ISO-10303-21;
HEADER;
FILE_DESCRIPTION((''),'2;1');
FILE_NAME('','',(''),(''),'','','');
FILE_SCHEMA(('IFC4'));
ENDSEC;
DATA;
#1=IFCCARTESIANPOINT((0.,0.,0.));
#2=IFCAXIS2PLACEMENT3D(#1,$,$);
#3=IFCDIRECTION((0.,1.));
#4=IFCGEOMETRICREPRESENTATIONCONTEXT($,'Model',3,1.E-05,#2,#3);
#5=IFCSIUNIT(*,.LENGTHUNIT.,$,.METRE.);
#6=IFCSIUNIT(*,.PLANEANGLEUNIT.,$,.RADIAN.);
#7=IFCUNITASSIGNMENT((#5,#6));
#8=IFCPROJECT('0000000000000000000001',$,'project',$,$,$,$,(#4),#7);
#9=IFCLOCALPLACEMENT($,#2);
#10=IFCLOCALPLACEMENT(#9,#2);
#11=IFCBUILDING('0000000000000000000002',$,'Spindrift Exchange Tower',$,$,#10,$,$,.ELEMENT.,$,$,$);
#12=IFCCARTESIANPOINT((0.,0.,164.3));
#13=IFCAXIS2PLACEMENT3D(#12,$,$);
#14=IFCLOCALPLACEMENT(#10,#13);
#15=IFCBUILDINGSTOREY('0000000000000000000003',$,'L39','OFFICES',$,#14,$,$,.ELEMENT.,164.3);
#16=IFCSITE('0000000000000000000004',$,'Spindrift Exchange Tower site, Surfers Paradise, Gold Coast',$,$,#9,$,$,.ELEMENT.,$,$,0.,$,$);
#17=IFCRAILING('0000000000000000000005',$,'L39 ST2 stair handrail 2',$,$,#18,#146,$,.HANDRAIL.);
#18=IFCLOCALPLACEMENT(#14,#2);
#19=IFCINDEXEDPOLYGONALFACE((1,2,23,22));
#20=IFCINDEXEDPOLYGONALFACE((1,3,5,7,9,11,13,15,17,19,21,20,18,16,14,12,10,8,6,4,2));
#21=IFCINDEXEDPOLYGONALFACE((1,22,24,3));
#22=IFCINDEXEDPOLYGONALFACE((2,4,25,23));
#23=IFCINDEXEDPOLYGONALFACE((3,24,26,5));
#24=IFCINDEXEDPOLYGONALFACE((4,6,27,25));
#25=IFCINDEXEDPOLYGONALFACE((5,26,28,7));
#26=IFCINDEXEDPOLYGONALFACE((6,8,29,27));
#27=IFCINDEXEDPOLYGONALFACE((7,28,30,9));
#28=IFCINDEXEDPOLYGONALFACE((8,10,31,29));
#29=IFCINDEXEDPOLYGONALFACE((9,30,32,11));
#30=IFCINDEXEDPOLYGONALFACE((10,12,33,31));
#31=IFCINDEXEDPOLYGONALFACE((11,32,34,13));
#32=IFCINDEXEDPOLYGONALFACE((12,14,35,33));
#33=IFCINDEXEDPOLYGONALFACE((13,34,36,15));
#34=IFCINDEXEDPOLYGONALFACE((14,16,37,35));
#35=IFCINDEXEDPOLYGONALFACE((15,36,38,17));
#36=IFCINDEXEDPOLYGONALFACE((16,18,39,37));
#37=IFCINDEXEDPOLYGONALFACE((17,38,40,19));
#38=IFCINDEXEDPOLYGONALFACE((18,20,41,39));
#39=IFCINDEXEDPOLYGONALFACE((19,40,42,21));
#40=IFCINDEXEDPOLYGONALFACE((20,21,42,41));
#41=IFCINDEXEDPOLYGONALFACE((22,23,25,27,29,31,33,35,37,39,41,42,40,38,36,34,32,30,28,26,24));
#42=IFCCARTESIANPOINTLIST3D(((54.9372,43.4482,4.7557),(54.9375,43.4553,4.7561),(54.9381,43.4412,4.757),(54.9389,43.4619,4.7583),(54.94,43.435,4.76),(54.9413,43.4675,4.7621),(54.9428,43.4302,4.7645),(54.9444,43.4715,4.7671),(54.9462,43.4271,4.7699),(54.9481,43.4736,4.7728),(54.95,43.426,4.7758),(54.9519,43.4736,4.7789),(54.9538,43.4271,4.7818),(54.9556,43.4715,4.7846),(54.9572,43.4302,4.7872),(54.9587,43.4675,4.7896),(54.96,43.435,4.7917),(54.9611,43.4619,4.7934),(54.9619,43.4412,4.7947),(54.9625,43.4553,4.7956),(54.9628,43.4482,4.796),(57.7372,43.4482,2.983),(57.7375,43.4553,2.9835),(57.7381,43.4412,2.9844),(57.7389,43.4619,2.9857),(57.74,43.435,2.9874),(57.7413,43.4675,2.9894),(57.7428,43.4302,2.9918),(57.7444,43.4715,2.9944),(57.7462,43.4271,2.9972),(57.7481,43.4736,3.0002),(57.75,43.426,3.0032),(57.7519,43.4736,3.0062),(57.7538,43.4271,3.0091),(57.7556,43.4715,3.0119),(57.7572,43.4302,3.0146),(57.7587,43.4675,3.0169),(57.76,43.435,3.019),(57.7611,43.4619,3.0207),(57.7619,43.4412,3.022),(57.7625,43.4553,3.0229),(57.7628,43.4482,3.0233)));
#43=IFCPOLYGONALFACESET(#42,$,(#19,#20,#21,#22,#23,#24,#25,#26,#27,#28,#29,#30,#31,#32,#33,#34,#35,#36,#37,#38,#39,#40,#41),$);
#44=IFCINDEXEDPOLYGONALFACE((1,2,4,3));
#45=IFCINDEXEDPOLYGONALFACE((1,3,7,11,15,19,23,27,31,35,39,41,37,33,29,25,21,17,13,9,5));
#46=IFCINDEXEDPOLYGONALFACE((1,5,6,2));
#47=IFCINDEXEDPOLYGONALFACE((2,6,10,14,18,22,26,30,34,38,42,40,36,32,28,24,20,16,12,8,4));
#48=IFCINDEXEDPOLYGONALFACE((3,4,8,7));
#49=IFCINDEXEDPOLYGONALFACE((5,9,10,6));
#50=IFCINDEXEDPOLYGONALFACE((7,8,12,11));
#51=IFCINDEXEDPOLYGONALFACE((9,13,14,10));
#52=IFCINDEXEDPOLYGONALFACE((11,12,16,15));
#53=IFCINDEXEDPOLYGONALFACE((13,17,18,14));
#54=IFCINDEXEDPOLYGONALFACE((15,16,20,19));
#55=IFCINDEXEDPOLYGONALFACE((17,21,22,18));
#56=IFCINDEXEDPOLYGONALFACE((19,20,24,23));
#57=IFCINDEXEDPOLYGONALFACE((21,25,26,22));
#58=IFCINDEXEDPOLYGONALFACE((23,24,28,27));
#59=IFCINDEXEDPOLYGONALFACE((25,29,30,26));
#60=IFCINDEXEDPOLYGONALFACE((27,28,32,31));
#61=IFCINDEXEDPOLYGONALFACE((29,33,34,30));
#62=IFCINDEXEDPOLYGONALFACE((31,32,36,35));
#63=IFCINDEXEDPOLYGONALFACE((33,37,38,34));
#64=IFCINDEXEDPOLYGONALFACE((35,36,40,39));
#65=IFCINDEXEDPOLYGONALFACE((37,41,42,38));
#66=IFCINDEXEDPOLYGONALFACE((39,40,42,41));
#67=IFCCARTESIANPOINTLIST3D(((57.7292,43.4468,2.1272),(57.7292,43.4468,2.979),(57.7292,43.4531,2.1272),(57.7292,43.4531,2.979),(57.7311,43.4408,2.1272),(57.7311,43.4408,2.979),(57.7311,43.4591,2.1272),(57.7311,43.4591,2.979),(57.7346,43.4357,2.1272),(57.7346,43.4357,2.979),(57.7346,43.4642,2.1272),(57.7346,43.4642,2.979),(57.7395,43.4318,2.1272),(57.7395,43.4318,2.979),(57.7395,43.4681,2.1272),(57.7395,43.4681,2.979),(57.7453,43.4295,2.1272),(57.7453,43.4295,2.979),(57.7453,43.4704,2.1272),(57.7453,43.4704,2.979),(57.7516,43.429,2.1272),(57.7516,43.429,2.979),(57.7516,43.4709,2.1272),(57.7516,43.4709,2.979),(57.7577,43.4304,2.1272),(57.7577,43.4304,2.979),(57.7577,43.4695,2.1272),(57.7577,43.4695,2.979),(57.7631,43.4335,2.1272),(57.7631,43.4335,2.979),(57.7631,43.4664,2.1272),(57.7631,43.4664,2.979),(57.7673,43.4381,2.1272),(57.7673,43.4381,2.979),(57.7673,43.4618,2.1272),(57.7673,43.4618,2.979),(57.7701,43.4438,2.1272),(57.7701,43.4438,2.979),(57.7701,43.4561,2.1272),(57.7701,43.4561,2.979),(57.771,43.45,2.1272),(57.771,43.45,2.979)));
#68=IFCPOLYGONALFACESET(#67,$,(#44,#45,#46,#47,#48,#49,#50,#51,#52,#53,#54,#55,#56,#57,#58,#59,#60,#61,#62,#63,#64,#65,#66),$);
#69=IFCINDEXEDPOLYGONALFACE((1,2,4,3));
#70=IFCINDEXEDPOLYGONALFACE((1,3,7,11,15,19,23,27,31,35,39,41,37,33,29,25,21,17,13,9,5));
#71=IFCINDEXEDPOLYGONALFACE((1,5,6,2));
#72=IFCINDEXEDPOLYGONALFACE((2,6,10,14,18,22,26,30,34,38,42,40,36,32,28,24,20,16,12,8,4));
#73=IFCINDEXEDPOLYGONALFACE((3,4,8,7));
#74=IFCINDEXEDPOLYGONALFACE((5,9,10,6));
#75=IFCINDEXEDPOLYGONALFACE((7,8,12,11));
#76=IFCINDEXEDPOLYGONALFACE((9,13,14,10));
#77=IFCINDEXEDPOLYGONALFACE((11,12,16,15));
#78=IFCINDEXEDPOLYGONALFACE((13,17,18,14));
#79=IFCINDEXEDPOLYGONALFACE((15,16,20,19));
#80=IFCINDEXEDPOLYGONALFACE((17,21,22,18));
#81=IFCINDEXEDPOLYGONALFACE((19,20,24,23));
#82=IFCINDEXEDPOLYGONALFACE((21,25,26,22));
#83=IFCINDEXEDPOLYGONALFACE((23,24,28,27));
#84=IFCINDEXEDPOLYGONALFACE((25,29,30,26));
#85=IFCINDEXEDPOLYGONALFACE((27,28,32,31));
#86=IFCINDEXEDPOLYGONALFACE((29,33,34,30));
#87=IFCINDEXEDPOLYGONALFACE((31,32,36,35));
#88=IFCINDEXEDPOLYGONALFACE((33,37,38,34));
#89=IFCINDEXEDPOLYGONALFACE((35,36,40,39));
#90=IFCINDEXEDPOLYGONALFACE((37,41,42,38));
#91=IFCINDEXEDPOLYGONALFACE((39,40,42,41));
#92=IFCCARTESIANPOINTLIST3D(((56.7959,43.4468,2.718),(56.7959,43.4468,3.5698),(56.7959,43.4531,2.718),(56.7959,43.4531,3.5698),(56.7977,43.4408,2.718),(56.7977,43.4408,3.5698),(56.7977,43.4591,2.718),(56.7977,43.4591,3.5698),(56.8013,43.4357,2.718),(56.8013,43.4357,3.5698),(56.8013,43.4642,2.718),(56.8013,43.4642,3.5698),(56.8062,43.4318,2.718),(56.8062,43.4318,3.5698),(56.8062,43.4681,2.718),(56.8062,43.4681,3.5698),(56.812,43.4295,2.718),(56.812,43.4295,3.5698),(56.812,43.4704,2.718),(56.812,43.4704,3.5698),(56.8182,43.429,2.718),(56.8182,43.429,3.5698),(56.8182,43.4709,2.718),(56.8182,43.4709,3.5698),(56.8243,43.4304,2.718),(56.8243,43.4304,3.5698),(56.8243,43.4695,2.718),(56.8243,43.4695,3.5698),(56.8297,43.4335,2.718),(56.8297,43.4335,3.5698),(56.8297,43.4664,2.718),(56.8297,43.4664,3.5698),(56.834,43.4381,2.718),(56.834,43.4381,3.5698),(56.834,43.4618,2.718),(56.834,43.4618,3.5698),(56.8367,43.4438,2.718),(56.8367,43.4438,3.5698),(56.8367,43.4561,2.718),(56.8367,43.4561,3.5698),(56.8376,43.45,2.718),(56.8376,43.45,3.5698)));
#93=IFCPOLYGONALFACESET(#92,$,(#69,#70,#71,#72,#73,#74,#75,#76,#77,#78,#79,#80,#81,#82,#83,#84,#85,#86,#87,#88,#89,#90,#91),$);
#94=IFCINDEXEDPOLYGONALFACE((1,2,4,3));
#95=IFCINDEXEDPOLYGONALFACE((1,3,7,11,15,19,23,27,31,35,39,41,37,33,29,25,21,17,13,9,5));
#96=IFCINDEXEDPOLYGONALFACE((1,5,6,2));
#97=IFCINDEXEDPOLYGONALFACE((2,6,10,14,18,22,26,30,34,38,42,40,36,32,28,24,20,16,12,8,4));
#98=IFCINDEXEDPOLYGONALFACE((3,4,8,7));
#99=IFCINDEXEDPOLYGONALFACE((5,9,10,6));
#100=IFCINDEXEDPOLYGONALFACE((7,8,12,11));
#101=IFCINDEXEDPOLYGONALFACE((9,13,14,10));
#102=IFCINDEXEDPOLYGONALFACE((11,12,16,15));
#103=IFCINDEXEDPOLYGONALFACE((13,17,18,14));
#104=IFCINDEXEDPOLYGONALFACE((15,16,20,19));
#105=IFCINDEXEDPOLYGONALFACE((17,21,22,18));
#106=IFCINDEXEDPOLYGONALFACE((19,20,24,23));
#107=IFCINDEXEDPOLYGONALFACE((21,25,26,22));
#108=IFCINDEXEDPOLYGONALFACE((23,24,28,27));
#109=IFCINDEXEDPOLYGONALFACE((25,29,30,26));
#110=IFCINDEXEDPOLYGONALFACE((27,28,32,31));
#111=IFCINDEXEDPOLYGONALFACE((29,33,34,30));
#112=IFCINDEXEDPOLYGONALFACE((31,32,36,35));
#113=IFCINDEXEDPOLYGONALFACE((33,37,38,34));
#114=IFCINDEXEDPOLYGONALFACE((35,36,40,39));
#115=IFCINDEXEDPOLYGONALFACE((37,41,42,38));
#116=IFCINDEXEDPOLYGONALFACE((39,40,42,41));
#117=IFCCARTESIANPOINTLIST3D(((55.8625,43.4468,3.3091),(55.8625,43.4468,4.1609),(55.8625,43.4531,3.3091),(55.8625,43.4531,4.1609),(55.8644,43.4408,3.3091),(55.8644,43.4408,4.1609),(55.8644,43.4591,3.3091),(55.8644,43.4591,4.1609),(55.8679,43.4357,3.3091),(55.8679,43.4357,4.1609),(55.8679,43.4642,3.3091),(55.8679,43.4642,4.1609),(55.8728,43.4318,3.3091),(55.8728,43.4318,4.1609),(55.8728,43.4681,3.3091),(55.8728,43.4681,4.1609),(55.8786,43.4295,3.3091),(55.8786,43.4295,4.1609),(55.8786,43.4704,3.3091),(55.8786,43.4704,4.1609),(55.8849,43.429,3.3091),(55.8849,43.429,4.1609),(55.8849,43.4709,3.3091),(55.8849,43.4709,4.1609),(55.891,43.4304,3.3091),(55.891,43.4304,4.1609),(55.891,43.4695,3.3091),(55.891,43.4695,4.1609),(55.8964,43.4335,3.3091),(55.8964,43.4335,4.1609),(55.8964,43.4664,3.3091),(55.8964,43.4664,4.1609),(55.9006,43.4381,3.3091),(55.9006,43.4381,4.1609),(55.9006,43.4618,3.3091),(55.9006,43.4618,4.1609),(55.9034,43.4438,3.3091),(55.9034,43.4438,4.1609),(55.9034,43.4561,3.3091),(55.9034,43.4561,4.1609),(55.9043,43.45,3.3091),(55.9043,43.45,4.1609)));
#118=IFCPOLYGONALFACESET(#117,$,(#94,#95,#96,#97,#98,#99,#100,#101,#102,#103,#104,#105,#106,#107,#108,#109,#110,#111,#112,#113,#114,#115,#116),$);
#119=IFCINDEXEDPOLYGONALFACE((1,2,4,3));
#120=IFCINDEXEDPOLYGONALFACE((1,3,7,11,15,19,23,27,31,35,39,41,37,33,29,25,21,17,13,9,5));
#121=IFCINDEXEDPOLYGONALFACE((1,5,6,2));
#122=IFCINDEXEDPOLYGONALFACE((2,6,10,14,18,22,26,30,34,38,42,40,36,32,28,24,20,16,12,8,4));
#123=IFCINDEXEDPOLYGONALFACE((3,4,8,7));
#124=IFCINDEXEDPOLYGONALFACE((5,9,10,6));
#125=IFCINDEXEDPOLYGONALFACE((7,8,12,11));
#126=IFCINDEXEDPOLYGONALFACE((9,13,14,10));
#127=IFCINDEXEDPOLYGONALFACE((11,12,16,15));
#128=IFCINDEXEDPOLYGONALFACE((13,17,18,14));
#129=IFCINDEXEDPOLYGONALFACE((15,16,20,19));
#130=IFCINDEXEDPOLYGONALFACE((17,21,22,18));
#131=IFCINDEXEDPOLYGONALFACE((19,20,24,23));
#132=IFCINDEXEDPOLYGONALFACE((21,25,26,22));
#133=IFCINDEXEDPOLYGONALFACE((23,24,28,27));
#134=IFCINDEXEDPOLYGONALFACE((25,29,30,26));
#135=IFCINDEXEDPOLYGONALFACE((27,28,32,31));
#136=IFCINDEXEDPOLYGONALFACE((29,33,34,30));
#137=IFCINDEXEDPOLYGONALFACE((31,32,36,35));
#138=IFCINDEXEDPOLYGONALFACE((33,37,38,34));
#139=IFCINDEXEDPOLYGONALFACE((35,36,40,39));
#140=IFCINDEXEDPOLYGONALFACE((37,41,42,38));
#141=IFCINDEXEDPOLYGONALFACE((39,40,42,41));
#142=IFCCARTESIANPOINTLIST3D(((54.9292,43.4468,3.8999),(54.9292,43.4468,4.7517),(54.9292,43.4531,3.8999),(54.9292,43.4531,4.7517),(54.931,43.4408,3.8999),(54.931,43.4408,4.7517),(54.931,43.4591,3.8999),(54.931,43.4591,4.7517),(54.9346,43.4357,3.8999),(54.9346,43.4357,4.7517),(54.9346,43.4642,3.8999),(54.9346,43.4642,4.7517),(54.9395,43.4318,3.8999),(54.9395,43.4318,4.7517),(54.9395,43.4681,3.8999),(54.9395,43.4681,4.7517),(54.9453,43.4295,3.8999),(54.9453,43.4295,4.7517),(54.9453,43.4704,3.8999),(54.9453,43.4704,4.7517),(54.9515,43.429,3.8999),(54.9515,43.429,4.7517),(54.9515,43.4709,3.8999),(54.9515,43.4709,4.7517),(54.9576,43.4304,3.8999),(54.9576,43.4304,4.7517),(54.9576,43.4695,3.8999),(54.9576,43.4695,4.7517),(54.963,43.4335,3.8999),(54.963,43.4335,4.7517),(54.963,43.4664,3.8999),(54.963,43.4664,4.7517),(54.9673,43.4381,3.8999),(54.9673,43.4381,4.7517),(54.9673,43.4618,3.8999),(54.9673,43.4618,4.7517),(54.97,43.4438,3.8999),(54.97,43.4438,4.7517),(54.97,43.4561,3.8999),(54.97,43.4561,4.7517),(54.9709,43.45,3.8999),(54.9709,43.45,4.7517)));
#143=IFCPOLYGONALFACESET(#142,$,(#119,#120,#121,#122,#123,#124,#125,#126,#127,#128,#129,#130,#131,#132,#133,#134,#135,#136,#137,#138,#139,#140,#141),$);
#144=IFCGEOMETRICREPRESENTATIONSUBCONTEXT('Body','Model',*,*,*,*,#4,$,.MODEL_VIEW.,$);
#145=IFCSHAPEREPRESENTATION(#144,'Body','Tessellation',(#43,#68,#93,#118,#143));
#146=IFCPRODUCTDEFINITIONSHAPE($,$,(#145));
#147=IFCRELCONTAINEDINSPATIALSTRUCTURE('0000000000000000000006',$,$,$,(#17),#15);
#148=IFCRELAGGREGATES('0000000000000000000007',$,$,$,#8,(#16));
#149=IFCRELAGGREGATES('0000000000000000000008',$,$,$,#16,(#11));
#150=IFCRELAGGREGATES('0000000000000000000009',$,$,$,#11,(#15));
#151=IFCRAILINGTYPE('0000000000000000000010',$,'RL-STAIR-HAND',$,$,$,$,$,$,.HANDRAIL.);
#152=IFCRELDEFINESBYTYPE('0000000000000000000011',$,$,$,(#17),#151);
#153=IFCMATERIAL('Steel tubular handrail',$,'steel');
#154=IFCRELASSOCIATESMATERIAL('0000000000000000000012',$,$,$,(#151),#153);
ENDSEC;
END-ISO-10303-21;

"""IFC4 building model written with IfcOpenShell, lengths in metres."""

from ifc_helpers import new_model, si_unit, direction, frame, origin, origin_2d, place, context, subcontext, project, spatial, circle, extrude, material, type_object, element, save


model = new_model("IFC4")

# Units and contexts
model_context = context("Model", 3, precision=1e-05, world=origin(), true_north=direction((0.0, 1.0)))
body_context = subcontext(model_context, "Body", "Model", "MODEL_VIEW")
ifc_project = project(units=[si_unit("LENGTHUNIT", "METRE"), si_unit("PLANEANGLEUNIT", "RADIAN")], contexts=[model_context])

# Site, building, storey
site_placement = place(None, origin())
site = spatial("IfcSite", under=ifc_project, at=site_placement, Name="Spindrift Exchange Tower site, Surfers Paradise, Gold Coast", CompositionType="ELEMENT", RefElevation=0.0)
building_placement = place(site_placement, origin())
building = spatial("IfcBuilding", under=site, at=building_placement, Name="Spindrift Exchange Tower", CompositionType="ELEMENT")
storey_placement = place(building_placement, frame((0.0, 0.0, 164.3)))
storey = spatial("IfcBuildingStorey", under=building, at=storey_placement, Name="L39", Description="OFFICES", CompositionType="ELEMENT", Elevation=164.3)

# Railing
ifc_material_1 = material(Name="Steel tubular handrail", Category="steel")
railing_type_1 = type_object("IfcRailingType", Name="RL-STAIR-HAND", PredefinedType="HANDRAIL", material=ifc_material_1)
railing_1_placement = place(storey_placement, frame((57.75, 43.45, 2.1272)))
element("IfcRailing", 1, at=railing_1_placement, inside=storey, type_object=railing_type_1, Name="L39 ST2 stair handrail 2", PredefinedType="HANDRAIL", context=body_context, shape_type="SweptSolid", body=[
    extrude(circle(Radius=0.0239, at=origin_2d()), frame((0.0, 0.0, 0.876), z_axis=(-0.844909, 0.0, 0.53491), x_axis=(0.0, -1.0, 0.0)), (0.0, 0.0, 1.0), 3.314),
    extrude(circle(Radius=0.021, at=origin_2d()), origin(), (0.0, 0.0, 1.0), 0.8518),
    extrude(circle(Radius=0.021, at=origin_2d()), frame((-0.9333, 0.0, 0.5908)), (0.0, 0.0, 1.0), 0.8518),
    extrude(circle(Radius=0.021, at=origin_2d()), frame((-1.8667, 0.0, 1.1819)), (0.0, 0.0, 1.0), 0.8518),
    extrude(circle(Radius=0.021, at=origin_2d()), frame((-2.8, 0.0, 1.7727)), (0.0, 0.0, 1.0), 0.8518),
])

save(model, "model.ifc")
